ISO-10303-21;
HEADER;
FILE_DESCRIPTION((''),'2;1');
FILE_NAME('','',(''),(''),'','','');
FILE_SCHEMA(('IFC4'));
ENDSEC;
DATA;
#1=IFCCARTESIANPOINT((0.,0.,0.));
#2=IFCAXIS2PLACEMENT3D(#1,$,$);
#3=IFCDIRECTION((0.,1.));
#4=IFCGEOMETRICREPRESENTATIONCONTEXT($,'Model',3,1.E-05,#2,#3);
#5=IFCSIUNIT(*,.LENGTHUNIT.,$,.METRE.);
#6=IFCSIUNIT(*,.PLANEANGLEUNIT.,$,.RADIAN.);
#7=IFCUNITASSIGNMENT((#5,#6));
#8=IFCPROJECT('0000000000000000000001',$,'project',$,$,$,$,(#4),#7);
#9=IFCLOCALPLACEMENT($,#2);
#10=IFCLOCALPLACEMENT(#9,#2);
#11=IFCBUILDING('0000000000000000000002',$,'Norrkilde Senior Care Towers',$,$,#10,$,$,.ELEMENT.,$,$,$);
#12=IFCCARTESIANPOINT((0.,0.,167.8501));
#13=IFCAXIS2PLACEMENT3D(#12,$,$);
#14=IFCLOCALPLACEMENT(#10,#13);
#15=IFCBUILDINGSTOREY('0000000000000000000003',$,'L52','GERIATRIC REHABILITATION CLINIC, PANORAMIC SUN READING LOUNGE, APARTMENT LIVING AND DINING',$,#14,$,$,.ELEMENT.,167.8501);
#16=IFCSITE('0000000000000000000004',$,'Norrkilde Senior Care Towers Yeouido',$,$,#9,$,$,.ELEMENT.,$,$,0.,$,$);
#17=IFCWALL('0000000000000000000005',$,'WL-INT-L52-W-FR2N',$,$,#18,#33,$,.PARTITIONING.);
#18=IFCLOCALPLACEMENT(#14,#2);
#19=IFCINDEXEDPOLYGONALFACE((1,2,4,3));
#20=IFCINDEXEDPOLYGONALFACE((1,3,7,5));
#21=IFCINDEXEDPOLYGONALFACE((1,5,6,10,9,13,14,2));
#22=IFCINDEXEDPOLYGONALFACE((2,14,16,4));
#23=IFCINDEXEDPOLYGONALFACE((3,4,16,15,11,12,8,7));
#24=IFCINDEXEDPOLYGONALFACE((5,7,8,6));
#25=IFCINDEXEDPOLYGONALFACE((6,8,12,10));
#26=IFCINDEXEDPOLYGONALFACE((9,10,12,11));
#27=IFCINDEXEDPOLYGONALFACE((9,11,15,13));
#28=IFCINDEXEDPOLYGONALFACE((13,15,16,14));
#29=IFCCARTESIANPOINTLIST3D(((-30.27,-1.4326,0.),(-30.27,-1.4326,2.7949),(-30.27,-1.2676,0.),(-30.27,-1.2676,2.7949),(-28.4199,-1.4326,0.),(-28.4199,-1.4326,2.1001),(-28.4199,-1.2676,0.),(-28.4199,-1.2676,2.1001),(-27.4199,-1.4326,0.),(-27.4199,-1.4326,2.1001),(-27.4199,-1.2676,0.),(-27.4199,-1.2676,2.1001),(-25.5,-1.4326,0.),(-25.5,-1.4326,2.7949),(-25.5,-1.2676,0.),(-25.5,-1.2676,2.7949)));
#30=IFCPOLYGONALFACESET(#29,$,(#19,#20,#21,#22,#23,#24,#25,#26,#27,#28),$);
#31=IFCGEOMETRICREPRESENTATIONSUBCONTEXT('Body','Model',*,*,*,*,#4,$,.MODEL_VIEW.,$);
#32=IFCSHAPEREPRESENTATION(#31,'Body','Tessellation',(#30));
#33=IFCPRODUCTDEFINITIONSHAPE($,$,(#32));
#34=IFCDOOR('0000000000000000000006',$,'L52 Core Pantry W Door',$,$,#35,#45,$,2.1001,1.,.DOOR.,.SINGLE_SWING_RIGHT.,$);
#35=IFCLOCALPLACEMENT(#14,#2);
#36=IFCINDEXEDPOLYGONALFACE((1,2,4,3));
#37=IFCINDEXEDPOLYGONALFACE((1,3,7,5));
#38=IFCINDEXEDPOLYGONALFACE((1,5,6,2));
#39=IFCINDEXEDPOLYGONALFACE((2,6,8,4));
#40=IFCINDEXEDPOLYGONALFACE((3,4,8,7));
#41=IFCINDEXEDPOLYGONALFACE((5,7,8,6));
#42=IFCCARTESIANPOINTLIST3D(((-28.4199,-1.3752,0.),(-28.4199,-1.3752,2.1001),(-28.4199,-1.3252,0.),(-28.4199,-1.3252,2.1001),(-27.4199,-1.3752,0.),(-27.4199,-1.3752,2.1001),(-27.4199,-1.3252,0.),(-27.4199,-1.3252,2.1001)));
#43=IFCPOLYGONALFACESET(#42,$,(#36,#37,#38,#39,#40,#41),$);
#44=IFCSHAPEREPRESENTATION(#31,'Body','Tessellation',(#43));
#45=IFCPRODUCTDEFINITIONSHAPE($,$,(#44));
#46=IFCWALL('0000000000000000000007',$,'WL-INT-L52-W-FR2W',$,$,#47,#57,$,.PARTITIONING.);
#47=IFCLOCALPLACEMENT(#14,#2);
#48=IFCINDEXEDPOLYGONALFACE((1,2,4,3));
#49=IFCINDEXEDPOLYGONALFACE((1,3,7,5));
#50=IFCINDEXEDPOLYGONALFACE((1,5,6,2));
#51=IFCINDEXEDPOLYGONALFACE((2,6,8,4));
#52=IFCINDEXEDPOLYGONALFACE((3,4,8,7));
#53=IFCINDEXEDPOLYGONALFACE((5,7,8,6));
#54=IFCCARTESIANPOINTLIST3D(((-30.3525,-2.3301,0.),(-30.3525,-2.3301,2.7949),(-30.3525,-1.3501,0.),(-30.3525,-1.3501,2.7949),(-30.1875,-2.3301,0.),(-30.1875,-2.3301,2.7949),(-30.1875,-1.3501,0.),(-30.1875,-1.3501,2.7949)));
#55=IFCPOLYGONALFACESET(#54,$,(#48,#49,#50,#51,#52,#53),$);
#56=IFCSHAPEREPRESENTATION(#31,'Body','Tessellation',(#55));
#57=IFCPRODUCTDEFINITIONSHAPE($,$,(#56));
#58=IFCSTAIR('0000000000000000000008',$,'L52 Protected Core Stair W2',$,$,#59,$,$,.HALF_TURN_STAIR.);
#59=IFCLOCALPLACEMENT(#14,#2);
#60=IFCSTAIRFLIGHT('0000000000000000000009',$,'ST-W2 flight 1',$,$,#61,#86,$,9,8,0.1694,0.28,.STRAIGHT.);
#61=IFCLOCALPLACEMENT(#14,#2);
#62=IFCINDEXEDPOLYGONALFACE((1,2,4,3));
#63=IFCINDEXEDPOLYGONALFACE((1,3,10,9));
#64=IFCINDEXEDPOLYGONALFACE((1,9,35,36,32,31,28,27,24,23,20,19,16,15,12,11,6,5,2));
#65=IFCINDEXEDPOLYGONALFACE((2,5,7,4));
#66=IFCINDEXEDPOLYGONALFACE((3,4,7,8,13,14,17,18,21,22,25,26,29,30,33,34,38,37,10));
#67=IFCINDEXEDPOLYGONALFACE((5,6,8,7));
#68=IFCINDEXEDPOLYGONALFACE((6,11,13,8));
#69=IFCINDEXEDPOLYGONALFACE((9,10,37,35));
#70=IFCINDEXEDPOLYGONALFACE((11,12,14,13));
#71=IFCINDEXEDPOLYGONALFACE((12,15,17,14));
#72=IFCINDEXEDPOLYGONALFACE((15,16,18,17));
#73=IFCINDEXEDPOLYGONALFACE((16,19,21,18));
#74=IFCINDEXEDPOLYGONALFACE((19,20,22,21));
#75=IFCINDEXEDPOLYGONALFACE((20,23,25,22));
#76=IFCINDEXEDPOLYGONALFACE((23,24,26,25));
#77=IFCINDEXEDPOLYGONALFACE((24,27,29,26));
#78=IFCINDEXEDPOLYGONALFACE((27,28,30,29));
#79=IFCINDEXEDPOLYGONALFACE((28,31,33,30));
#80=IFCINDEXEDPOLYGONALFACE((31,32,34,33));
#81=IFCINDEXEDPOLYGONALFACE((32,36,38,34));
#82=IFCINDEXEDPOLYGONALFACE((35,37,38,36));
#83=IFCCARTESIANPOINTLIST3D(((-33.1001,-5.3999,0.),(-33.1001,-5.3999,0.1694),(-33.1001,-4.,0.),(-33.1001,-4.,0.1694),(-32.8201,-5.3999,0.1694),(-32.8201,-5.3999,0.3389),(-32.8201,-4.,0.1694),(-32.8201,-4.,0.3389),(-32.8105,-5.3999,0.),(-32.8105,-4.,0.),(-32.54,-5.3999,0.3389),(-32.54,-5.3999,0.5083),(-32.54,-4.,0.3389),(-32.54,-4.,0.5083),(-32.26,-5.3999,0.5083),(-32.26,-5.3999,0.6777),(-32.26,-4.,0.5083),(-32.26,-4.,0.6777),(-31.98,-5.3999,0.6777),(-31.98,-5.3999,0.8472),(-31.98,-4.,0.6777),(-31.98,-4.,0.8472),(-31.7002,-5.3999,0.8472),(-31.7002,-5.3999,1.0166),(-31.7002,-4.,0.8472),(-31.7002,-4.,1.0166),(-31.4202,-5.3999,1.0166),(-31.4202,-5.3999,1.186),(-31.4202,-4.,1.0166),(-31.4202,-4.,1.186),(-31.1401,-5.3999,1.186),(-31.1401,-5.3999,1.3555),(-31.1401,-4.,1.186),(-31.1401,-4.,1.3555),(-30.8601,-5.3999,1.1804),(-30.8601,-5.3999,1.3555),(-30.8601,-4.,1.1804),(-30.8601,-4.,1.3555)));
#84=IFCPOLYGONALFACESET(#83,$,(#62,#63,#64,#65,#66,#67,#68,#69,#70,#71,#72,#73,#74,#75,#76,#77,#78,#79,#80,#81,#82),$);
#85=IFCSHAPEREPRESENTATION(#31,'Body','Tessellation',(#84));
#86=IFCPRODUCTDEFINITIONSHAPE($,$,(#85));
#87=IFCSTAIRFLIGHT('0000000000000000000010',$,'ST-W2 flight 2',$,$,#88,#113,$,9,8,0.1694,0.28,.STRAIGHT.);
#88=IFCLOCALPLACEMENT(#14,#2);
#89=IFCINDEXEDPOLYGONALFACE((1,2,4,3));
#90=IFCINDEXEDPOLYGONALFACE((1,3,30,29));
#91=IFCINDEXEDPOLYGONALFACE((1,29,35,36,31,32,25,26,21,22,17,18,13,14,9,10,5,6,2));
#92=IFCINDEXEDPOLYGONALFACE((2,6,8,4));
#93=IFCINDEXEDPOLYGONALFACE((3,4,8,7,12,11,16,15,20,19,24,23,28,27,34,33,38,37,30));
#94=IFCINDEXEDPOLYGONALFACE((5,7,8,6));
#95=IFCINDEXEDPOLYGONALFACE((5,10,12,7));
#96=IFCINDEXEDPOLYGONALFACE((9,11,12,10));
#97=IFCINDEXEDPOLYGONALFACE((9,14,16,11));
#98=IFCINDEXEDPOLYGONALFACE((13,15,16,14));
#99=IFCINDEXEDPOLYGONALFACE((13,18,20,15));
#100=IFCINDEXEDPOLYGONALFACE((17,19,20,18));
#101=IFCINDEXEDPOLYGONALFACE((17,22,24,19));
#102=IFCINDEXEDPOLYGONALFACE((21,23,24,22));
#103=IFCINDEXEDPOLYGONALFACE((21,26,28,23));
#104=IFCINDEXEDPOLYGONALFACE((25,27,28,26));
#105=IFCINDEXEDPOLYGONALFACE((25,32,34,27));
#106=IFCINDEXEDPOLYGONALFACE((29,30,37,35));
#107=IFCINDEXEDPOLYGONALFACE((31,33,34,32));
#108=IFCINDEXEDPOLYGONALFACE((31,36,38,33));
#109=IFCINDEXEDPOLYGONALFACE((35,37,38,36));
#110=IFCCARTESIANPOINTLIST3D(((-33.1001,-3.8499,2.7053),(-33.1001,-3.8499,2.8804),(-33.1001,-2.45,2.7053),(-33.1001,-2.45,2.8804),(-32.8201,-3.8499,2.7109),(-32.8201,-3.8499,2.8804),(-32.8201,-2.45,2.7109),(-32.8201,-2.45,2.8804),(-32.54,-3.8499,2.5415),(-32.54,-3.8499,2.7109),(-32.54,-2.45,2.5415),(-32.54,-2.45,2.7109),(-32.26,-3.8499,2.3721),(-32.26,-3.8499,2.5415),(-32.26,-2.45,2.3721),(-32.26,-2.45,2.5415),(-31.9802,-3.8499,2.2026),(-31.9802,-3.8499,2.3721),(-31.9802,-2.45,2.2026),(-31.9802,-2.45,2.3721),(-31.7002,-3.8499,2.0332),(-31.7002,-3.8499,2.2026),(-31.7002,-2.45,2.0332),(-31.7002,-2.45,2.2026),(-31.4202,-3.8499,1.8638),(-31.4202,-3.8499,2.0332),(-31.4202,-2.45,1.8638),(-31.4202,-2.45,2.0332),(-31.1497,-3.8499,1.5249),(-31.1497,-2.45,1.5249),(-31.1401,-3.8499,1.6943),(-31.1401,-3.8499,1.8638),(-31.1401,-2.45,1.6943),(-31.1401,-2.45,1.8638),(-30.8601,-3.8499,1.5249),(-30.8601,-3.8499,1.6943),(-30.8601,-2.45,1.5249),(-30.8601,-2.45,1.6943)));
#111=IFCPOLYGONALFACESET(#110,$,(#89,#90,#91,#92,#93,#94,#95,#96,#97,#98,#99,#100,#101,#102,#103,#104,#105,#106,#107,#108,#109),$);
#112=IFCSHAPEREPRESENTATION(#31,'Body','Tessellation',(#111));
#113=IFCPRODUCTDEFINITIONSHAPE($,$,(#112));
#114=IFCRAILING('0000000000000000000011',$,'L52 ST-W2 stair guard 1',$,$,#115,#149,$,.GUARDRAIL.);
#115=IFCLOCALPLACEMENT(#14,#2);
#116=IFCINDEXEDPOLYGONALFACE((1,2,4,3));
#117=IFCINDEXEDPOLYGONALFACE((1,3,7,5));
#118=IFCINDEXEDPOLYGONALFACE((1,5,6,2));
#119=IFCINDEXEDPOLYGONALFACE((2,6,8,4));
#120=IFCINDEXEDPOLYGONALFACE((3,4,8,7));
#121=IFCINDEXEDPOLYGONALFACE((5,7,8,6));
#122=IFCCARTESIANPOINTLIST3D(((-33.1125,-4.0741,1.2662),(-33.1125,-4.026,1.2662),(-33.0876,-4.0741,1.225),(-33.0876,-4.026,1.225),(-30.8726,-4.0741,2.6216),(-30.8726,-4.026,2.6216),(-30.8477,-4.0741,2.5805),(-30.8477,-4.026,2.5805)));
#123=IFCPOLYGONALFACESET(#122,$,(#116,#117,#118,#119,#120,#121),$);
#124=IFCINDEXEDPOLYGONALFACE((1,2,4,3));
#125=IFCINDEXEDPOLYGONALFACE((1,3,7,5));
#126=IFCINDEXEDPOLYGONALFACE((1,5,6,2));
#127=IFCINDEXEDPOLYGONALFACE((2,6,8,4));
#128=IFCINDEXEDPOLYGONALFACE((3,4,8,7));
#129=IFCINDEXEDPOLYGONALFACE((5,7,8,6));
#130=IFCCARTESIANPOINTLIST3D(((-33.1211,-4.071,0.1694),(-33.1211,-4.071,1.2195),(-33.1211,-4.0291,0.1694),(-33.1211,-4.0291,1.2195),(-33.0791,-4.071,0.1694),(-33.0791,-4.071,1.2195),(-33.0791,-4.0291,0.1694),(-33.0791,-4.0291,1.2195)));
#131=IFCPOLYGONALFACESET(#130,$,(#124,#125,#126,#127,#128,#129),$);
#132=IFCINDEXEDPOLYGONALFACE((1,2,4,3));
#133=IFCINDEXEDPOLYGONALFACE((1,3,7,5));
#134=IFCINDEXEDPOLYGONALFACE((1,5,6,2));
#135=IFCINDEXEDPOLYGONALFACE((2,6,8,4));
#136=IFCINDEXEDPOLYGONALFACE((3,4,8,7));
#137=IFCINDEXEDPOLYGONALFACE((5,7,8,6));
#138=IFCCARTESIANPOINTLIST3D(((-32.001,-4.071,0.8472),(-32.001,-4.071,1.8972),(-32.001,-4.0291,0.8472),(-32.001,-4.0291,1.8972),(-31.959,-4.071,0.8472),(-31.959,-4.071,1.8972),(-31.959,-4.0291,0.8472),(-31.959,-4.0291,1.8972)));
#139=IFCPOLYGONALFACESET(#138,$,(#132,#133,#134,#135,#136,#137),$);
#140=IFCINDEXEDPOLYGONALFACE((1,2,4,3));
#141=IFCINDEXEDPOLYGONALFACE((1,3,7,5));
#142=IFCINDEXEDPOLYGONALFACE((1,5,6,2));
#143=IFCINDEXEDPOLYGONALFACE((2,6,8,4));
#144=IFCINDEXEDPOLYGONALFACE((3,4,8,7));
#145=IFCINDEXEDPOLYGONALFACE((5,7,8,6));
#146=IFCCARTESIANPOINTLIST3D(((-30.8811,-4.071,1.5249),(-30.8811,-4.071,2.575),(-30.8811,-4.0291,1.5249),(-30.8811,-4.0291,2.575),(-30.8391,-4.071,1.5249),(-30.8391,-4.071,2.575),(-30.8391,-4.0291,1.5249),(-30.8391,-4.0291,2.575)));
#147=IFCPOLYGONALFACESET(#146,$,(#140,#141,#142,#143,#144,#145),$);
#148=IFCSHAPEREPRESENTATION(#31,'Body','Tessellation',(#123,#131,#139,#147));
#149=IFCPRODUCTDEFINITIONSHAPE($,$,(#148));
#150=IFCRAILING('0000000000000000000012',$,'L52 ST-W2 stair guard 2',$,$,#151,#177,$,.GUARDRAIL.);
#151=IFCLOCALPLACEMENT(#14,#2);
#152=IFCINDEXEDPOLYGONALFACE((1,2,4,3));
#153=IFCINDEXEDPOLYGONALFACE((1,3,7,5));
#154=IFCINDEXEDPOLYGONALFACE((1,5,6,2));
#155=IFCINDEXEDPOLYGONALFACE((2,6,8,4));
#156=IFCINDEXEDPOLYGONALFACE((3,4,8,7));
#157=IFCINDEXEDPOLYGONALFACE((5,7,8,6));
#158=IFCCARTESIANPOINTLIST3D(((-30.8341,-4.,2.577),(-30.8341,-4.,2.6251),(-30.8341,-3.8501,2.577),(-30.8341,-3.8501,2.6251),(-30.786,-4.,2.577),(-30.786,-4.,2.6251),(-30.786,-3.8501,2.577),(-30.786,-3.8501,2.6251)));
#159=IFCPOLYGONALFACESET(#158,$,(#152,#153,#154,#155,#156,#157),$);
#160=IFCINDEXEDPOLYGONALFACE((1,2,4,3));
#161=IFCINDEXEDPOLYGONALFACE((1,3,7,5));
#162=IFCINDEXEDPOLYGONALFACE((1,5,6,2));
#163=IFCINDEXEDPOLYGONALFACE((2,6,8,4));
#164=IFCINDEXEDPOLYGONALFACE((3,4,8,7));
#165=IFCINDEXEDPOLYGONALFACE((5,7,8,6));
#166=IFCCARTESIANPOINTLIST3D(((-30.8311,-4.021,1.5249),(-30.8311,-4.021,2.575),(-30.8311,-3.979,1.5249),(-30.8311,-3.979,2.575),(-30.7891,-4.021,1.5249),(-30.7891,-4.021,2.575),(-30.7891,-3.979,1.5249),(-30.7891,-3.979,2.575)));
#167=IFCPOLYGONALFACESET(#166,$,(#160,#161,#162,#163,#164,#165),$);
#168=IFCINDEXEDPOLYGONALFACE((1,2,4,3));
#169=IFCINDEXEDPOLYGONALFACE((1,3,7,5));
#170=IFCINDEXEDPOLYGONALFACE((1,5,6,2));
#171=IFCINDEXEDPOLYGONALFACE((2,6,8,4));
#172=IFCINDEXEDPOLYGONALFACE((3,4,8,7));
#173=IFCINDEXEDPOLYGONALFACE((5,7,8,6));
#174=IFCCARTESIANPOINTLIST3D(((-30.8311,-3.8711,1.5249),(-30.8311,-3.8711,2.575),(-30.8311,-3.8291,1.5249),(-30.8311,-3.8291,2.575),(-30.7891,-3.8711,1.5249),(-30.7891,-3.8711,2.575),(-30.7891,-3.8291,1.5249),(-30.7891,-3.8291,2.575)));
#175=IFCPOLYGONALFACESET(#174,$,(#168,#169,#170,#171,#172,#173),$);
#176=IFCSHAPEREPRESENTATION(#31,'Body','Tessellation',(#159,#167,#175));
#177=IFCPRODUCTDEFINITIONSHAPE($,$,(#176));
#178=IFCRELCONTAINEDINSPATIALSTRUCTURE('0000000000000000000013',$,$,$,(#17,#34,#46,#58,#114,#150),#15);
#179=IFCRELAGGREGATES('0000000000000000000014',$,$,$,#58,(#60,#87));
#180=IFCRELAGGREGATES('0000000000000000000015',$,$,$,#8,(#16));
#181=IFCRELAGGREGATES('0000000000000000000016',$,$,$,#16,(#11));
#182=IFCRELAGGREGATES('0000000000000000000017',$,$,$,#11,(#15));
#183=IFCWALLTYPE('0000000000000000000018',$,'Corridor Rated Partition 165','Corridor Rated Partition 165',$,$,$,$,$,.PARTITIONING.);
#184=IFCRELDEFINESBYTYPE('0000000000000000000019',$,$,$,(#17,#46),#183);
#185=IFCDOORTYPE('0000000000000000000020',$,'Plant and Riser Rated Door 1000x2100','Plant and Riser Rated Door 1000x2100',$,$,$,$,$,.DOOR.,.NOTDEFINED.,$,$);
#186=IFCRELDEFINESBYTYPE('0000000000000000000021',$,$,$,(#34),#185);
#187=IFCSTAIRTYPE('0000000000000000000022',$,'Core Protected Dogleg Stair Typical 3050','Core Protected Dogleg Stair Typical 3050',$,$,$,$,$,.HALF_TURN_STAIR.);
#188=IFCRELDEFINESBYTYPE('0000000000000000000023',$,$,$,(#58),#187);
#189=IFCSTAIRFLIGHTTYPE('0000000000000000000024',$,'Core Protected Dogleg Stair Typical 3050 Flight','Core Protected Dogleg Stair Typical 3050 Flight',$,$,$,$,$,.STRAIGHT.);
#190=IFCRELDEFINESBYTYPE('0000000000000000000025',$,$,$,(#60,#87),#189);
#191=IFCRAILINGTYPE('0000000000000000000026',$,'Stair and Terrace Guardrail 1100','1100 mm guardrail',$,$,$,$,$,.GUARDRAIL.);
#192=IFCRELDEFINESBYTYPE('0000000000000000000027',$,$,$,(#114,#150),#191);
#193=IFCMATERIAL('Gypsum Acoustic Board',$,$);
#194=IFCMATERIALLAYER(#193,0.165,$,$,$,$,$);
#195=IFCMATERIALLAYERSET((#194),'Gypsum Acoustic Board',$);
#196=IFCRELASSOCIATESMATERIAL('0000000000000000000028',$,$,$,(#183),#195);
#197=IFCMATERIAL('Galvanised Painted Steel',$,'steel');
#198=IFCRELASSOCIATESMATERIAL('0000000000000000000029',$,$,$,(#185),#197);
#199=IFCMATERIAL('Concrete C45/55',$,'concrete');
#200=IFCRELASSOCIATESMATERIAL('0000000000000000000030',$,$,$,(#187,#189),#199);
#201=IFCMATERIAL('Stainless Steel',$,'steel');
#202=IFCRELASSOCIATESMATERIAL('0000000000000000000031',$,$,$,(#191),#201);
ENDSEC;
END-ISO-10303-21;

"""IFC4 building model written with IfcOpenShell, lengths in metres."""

from ifc_helpers import new_model, si_unit, direction, frame, frame_2d, origin, origin_2d, place, context, subcontext, project, spatial, polyline, rectangle, outline, extrude, source, transform, mapped, material, layer, layer_set, type_object, type_shapes, element, fill, aggregate, save


model = new_model("IFC4")

# Units and contexts
model_context = context("Model", 3, precision=1e-05, world=origin(), true_north=direction((0.0, 1.0)))
body_context = subcontext(model_context, "Body", "Model", "MODEL_VIEW")
ifc_project = project(units=[si_unit("LENGTHUNIT", "METRE"), si_unit("PLANEANGLEUNIT", "RADIAN")], contexts=[model_context])

# Site, building, storey
site_placement = place(None, origin())
site = spatial("IfcSite", under=ifc_project, at=site_placement, Name="Norrkilde Senior Care Towers Yeouido", CompositionType="ELEMENT", RefElevation=0.0)
building_placement = place(site_placement, origin())
building = spatial("IfcBuilding", under=site, at=building_placement, Name="Norrkilde Senior Care Towers", CompositionType="ELEMENT")
storey_placement = place(building_placement, frame((0.0, 0.0, 167.8501)))
storey = spatial("IfcBuildingStorey", under=building, at=storey_placement, Name="L52", Description="GERIATRIC REHABILITATION CLINIC, PANORAMIC SUN READING LOUNGE, APARTMENT LIVING AND DINING", CompositionType="ELEMENT", Elevation=167.8501)

# Shared definitions
ifc_material_1 = material(Name="Galvanised Painted Steel", Category="steel")
ifc_material_2 = material(Name="Concrete C45/55", Category="concrete")

# Wall, opening, door
ifc_material_3 = material(Name="Gypsum Acoustic Board")
ifc_layer_1 = layer(ifc_material_3, 0.165)
ifc_layer_set_1 = layer_set([ifc_layer_1], Name="Gypsum Acoustic Board")
wall_type_1 = type_object("IfcWallType", Name="Corridor Rated Partition 165", Description="Corridor Rated Partition 165", PredefinedType="PARTITIONING", material=ifc_layer_set_1)
shared_shape_1 = source(origin(), body_context, "Body", "SweptSolid", [
    extrude(rectangle(XDim=4.77, YDim=0.165, at=frame_2d((2.385, 0.0))), origin(), (0.0, 0.0, 1.0), 2.7949),
])
wall_1_placement = place(storey_placement, frame((-30.27, -1.3501, 0.0), z_axis=(0.0, 0.0, 1.0), x_axis=(1.0, 0.0, 0.0)))
wall_1 = element("IfcWall", 1, at=wall_1_placement, inside=storey, type_object=wall_type_1, Name="WL-INT-L52-W-FR2N", PredefinedType="PARTITIONING", context=body_context, shape_type="MappedRepresentation", body=[
    mapped(shared_shape_1, transform((0.0, 0.0, 0.0), x_axis=(1.0, 0.0, 0.0), y_axis=(0.0, 1.0, 0.0), z_axis=(0.0, 0.0, 1.0), scale=1.0)),
])
opening_1_placement = place(wall_1_placement, frame((1.8501, 0.0, 0.0)))
opening_1 = element("IfcOpeningElement", 2, at=opening_1_placement, cuts=wall_1, PredefinedType="OPENING", context=body_context, shape_type="SweptSolid", body=[
    extrude(rectangle(XDim=1.0, YDim=2.1001, at=frame_2d((0.5, 1.05))), frame((0.0, 0.0925, 0.0), z_axis=(0.0, -1.0, 0.0), x_axis=(1.0, 0.0, 0.0)), (0.0, 0.0, 1.0), 0.1851),
])
door_type_1 = type_object("IfcDoorType", Name="Plant and Riser Rated Door 1000x2100", Description="Plant and Riser Rated Door 1000x2100", OperationType="NOTDEFINED", PredefinedType="DOOR", material=ifc_material_1)
shared_shape_2 = source(origin(), body_context, "Body", "SweptSolid", [
    extrude(rectangle(XDim=1.0, YDim=2.1001, at=frame_2d((0.5, 1.05))), frame((0.0, 0.0249, 0.0), z_axis=(0.0, -1.0, 0.0), x_axis=(1.0, 0.0, 0.0)), (0.0, 0.0, 1.0), 0.05),
])
type_shapes(door_type_1, [shared_shape_2])
door_1_placement = place(opening_1_placement, origin())
door_1 = element("IfcDoor", 3, at=door_1_placement, inside=storey, type_object=door_type_1, Name="L52 Core Pantry W Door", OperationType="SINGLE_SWING_RIGHT", OverallHeight=2.1001, OverallWidth=1.0, PredefinedType="DOOR", context=body_context, shape_type="MappedRepresentation", body=[
    mapped(shared_shape_2, transform((0.0, 0.0, 0.0), x_axis=(1.0, 0.0, 0.0), y_axis=(0.0, 1.0, 0.0), z_axis=(0.0, 0.0, 1.0), scale=1.0)),
])
fill(opening_1, door_1)

# Wall
shared_shape_3 = source(origin(), body_context, "Body", "SweptSolid", [
    extrude(rectangle(XDim=0.98, YDim=0.165, at=frame_2d((0.49, 0.0))), origin(), (0.0, 0.0, 1.0), 2.7949),
])
type_shapes(wall_type_1, [shared_shape_1, shared_shape_3])
wall_2_placement = place(storey_placement, frame((-30.27, -2.3301, 0.0), z_axis=(0.0, 0.0, 1.0), x_axis=(0.0, 1.0, 0.0)))
element("IfcWall", 4, at=wall_2_placement, inside=storey, type_object=wall_type_1, Name="WL-INT-L52-W-FR2W", PredefinedType="PARTITIONING", context=body_context, shape_type="MappedRepresentation", body=[
    mapped(shared_shape_3, transform((0.0, 0.0, 0.0), x_axis=(1.0, 0.0, 0.0), y_axis=(0.0, 1.0, 0.0), z_axis=(0.0, 0.0, 1.0), scale=1.0)),
])

# Stair, stair flights
stair_type = type_object("IfcStairType", Name="Core Protected Dogleg Stair Typical 3050", Description="Core Protected Dogleg Stair Typical 3050", PredefinedType="HALF_TURN_STAIR", material=ifc_material_2)
stair_placement = place(storey_placement, origin())
stair = element("IfcStair", 5, at=stair_placement, inside=storey, type_object=stair_type, Name="L52 Protected Core Stair W2", PredefinedType="HALF_TURN_STAIR")
stair_flight_type = type_object("IfcStairFlightType", Name="Core Protected Dogleg Stair Typical 3050 Flight", Description="Core Protected Dogleg Stair Typical 3050 Flight", PredefinedType="STRAIGHT", material=ifc_material_2)
stair_flight_1_placement = place(storey_placement, frame((-33.1001, -4.7, 0.0), z_axis=(0.0, 0.0, 1.0), x_axis=(1.0, 0.0, 0.0)))
stair_flight_1 = element("IfcStairFlight", 6, at=stair_flight_1_placement, type_object=stair_flight_type, Name="ST-W2 flight 1", NumberOfRisers=9, NumberOfTreads=8, PredefinedType="STRAIGHT", RiserHeight=0.1694, TreadLength=0.28, context=body_context, shape_type="SweptSolid", body=[
    extrude(outline(polyline([(0.0, 0.0), (0.0, 0.1694), (0.28, 0.1694), (0.28, 0.3389), (0.5601, 0.3389), (0.5601, 0.5083), (0.8401, 0.5083), (0.8401, 0.6777), (1.1201, 0.6777), (1.1201, 0.8472), (1.3999, 0.8472), (1.3999, 1.0166), (1.6799, 1.0166), (1.6799, 1.186), (1.96, 1.186), (1.96, 1.3555), (2.24, 1.3555), (2.24, 1.5249), (2.24, 1.1804), (0.2896, 0.0), (0.0, 0.0)])), frame((0.0, 0.7, 0.0), z_axis=(0.0, -1.0, 0.0), x_axis=(1.0, 0.0, 0.0)), (0.0, 0.0, 1.0), 1.3999),
])
stair_flight_2_placement = place(storey_placement, frame((-30.8601, -3.1499, 1.5249), z_axis=(0.0, 0.0, 1.0), x_axis=(-1.0, 0.0, 0.0)))
stair_flight_2 = element("IfcStairFlight", 7, at=stair_flight_2_placement, type_object=stair_flight_type, Name="ST-W2 flight 2", NumberOfRisers=9, NumberOfTreads=8, PredefinedType="STRAIGHT", RiserHeight=0.1694, TreadLength=0.28, context=body_context, shape_type="SweptSolid", body=[
    extrude(outline(polyline([(0.0, 0.0), (0.0, 0.1694), (0.28, 0.1694), (0.28, 0.3389), (0.5601, 0.3389), (0.5601, 0.5083), (0.8401, 0.5083), (0.8401, 0.6777), (1.1201, 0.6777), (1.1201, 0.8472), (1.3999, 0.8472), (1.3999, 1.0166), (1.6799, 1.0166), (1.6799, 1.186), (1.96, 1.186), (1.96, 1.3555), (2.24, 1.3555), (2.24, 1.5249), (2.24, 1.1804), (0.2896, 0.0), (0.0, 0.0)])), frame((0.0, 0.7, 0.0), z_axis=(0.0, -1.0, 0.0), x_axis=(1.0, 0.0, 0.0)), (0.0, 0.0, 1.0), 1.3999),
])
aggregate(stair, [stair_flight_1, stair_flight_2])

# Railings
ifc_material_4 = material(Name="Stainless Steel", Category="steel")
railing_type_1 = type_object("IfcRailingType", Name="Stair and Terrace Guardrail 1100", Description="1100 mm guardrail", PredefinedType="GUARDRAIL", material=ifc_material_4)
railing_1_placement = place(storey_placement, frame((-33.1001, -4.05, 0.1694)))
element("IfcRailing", 8, at=railing_1_placement, inside=storey, type_object=railing_type_1, Name="L52 ST-W2 stair guard 1", PredefinedType="GUARDRAIL", context=body_context, shape_type="SweptSolid", body=[
    extrude(rectangle(XDim=0.0481, YDim=0.0481, at=origin_2d()), frame((0.0, 0.0, 1.0762), z_axis=(0.855553, 0.0, 0.517715), x_axis=(0.0, 1.0, 0.0)), (0.0, 0.0, 1.0), 2.6182),
    extrude(rectangle(XDim=0.042, YDim=0.042, at=origin_2d()), origin(), (0.0, 0.0, 1.0), 1.05),
    extrude(rectangle(XDim=0.042, YDim=0.042, at=origin_2d()), frame((1.1201, 0.0, 0.6777)), (0.0, 0.0, 1.0), 1.05),
    extrude(rectangle(XDim=0.042, YDim=0.042, at=origin_2d()), frame((2.24, 0.0, 1.3555)), (0.0, 0.0, 1.0), 1.05),
])
railing_2_placement = place(storey_placement, frame((-30.8101, -4.0, 1.5249)))
element("IfcRailing", 9, at=railing_2_placement, inside=storey, type_object=railing_type_1, Name="L52 ST-W2 stair guard 2", PredefinedType="GUARDRAIL", context=body_context, shape_type="SweptSolid", body=[
    extrude(rectangle(XDim=0.0481, YDim=0.0481, at=origin_2d()), frame((0.0, 0.0, 1.0762), z_axis=(0.0, 1.0, 0.0), x_axis=(-1.0, 0.0, 0.0)), (0.0, 0.0, 1.0), 0.1499),
    extrude(rectangle(XDim=0.042, YDim=0.042, at=origin_2d()), origin(), (0.0, 0.0, 1.0), 1.05),
    extrude(rectangle(XDim=0.042, YDim=0.042, at=origin_2d()), frame((0.0, 0.1499, 0.0)), (0.0, 0.0, 1.0), 1.05),
])

save(model, "model.ifc")
